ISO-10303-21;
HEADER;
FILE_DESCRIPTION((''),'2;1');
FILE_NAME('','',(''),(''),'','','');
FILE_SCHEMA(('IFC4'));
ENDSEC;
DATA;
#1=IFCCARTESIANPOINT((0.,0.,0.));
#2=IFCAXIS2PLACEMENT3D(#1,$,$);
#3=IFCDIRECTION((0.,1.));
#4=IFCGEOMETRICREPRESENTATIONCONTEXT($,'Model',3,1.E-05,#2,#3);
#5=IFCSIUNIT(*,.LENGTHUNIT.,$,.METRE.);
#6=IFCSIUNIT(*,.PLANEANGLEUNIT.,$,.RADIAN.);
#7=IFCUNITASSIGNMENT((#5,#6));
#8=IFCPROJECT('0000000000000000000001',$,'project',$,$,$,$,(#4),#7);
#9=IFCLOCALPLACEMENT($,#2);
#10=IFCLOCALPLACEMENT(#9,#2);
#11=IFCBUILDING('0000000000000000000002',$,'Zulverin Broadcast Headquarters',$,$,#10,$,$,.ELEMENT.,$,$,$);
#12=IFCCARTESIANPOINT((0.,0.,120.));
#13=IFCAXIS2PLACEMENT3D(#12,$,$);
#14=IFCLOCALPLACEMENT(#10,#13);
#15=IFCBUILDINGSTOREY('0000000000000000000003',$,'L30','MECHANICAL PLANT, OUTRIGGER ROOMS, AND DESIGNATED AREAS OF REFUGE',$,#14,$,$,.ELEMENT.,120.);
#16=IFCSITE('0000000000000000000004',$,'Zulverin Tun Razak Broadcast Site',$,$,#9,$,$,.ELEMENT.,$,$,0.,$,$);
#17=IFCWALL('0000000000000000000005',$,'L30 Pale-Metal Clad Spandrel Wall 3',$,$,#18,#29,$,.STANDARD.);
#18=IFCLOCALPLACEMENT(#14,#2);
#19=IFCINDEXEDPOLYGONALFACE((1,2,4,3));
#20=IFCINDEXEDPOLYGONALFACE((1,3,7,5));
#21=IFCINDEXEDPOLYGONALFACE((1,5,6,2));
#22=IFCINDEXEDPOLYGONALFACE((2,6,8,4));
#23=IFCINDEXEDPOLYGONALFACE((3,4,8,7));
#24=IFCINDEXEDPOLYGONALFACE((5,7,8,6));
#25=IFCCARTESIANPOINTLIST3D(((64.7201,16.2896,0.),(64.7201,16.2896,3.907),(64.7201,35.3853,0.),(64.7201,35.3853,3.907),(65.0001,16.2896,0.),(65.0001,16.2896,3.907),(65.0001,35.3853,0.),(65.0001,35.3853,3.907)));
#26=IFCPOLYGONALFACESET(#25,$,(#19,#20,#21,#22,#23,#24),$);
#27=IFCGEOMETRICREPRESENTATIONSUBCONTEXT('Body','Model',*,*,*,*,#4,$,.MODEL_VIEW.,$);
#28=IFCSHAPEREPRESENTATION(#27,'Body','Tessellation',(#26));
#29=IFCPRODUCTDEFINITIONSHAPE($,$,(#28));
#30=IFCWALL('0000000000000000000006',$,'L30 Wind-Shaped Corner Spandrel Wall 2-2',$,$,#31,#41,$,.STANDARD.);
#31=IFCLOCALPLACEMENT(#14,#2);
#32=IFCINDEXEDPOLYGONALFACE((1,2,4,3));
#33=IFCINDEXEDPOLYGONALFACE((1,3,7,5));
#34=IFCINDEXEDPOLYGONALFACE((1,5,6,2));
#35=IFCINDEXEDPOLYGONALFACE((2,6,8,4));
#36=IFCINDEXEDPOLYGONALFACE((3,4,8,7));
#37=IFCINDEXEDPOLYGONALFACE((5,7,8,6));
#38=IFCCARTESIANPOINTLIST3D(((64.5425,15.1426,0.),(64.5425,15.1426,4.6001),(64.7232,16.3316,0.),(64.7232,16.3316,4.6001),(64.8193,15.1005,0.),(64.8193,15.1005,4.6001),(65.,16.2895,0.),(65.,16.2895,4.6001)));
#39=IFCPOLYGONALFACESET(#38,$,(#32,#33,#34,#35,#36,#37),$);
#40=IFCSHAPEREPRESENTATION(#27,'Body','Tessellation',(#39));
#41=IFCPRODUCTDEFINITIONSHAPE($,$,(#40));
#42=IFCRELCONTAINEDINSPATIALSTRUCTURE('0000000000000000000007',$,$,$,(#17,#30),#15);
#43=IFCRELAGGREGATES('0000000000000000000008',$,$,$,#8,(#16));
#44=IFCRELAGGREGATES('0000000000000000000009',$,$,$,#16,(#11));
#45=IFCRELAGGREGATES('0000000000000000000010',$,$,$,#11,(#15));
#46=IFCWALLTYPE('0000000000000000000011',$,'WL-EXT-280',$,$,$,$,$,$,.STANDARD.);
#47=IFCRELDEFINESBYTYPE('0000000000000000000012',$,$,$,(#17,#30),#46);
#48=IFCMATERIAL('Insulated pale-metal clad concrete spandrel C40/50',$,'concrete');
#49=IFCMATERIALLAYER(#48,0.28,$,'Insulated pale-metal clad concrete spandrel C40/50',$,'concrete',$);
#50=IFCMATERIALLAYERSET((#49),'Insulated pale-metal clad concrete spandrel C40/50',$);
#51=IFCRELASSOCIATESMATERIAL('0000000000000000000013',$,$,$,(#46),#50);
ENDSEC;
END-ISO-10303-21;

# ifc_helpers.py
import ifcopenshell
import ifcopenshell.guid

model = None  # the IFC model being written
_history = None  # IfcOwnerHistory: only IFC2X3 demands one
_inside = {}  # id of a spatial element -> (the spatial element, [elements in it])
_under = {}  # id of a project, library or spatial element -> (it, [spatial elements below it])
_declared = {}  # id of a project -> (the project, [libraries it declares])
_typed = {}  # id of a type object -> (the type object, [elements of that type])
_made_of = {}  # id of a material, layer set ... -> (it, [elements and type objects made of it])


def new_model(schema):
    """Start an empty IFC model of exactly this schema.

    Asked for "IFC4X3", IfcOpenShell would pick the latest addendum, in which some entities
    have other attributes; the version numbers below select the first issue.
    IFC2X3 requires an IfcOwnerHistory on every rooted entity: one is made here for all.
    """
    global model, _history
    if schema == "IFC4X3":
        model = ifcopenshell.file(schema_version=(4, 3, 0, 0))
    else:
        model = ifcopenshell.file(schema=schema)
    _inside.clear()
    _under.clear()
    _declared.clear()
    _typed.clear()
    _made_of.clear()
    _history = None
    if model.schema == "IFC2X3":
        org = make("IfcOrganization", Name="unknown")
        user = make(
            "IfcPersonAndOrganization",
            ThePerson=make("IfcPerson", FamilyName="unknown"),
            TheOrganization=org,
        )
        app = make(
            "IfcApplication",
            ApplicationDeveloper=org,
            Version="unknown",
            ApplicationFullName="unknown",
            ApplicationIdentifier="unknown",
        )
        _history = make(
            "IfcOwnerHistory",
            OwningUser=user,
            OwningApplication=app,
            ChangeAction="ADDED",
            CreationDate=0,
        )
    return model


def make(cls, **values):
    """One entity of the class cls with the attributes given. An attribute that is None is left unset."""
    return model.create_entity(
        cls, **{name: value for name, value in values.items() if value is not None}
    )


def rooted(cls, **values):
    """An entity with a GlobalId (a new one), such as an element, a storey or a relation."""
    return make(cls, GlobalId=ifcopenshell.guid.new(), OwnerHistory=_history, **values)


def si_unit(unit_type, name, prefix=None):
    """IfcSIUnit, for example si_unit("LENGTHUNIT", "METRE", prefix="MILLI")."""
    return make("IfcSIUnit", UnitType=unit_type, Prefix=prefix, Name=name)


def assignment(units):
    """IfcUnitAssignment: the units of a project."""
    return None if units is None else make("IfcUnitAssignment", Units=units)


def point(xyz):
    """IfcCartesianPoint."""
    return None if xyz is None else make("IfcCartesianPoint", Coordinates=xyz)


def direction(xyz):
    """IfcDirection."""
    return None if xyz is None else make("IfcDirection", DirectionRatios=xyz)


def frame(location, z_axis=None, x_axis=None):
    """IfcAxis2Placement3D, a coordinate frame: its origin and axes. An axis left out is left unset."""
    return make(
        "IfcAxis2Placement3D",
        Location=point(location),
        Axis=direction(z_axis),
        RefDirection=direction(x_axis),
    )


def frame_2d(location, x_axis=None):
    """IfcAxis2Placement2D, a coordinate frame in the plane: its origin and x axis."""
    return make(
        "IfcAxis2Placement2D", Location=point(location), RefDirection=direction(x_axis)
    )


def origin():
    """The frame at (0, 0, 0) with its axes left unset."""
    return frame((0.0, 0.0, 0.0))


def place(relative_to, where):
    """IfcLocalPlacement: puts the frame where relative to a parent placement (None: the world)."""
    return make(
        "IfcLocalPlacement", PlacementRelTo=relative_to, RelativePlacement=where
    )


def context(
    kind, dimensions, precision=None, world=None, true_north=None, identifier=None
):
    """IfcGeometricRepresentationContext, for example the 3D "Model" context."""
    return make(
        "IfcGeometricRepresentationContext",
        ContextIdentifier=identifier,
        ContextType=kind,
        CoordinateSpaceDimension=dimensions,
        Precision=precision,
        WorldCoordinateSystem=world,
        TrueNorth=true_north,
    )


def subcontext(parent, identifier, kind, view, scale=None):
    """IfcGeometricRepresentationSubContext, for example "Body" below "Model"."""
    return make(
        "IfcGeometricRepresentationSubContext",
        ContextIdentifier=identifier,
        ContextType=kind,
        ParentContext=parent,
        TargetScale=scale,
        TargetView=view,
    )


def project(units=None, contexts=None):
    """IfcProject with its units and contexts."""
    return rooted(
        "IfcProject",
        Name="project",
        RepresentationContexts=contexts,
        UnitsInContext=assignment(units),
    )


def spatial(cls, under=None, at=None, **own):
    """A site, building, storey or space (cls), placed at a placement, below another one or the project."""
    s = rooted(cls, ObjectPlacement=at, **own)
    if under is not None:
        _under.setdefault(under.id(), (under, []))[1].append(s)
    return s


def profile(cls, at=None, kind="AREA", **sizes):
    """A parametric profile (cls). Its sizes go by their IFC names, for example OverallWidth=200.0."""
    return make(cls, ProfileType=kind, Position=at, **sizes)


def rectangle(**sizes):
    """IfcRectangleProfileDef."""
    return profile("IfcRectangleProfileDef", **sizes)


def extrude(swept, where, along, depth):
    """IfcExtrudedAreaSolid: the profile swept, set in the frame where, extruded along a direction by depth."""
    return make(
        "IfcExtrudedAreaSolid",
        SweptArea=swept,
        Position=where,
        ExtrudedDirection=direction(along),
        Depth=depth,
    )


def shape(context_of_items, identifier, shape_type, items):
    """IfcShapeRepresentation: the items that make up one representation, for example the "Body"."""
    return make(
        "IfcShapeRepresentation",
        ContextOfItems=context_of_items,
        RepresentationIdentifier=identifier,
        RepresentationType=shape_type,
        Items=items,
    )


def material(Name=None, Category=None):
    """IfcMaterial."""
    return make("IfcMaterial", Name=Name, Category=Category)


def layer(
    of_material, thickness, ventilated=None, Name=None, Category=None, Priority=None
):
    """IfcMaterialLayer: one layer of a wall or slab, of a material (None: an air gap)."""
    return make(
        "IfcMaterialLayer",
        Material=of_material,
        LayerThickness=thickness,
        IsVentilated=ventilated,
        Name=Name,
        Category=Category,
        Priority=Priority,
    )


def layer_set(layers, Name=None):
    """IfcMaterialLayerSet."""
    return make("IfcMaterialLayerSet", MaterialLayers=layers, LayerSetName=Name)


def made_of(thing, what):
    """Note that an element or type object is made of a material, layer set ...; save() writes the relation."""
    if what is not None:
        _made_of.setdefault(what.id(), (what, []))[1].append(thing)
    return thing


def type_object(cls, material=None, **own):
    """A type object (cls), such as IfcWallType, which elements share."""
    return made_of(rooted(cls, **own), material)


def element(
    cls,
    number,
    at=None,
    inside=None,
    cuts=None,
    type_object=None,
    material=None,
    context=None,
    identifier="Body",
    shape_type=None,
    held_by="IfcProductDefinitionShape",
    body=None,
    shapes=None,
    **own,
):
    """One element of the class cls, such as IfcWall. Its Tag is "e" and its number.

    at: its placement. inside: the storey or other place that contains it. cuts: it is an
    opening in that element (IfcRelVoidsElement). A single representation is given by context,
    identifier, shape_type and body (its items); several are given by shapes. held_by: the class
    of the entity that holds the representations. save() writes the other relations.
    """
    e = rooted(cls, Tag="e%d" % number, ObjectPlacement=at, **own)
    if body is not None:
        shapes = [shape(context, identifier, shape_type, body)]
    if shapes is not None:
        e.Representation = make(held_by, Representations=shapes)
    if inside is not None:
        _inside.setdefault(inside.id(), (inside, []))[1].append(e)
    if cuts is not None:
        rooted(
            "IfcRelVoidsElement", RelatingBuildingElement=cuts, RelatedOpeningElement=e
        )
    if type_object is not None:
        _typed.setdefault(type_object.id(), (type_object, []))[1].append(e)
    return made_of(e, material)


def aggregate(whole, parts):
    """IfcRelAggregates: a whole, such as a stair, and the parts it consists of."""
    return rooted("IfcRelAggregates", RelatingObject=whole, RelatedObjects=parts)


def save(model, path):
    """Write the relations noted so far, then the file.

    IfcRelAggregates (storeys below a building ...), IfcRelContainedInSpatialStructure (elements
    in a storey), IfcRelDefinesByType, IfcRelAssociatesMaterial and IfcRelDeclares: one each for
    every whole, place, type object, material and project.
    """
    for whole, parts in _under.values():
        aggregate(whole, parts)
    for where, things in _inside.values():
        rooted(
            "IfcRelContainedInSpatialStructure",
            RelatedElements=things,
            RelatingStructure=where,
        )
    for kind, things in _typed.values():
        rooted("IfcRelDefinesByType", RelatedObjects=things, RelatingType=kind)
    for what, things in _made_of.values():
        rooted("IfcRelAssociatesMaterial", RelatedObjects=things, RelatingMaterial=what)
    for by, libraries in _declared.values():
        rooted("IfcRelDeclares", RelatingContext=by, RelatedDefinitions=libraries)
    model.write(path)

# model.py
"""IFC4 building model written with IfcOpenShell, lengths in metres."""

from ifc_helpers import new_model, si_unit, direction, frame, frame_2d, origin, place, context, subcontext, project, spatial, rectangle, extrude, material, layer, layer_set, type_object, element, save


model = new_model("IFC4")

# Units and contexts
model_context = context("Model", 3, precision=1e-05, world=origin(), true_north=direction((0.0, 1.0)))
body_context = subcontext(model_context, "Body", "Model", "MODEL_VIEW")
ifc_project = project(units=[si_unit("LENGTHUNIT", "METRE"), si_unit("PLANEANGLEUNIT", "RADIAN")], contexts=[model_context])

# Site, building, storey
site_placement = place(None, origin())
site = spatial("IfcSite", under=ifc_project, at=site_placement, Name="Zulverin Tun Razak Broadcast Site", CompositionType="ELEMENT", RefElevation=0.0)
building_placement = place(site_placement, origin())
building = spatial("IfcBuilding", under=site, at=building_placement, Name="Zulverin Broadcast Headquarters", CompositionType="ELEMENT")
storey_placement = place(building_placement, frame((0.0, 0.0, 120.0)))
storey = spatial("IfcBuildingStorey", under=building, at=storey_placement, Name="L30", Description="MECHANICAL PLANT, OUTRIGGER ROOMS, AND DESIGNATED AREAS OF REFUGE", CompositionType="ELEMENT", Elevation=120.0)

# Walls
ifc_material_1 = material(Name="Insulated pale-metal clad concrete spandrel C40/50", Category="concrete")
ifc_layer_1 = layer(ifc_material_1, 0.28, Name="Insulated pale-metal clad concrete spandrel C40/50", Category="concrete")
ifc_layer_set_1 = layer_set([ifc_layer_1], Name="Insulated pale-metal clad concrete spandrel C40/50")
wall_type_1 = type_object("IfcWallType", Name="WL-EXT-280", PredefinedType="STANDARD", material=ifc_layer_set_1)
wall_1_placement = place(storey_placement, frame((64.8601, 16.2896, 0.0), z_axis=(0.0, 0.0, 1.0), x_axis=(0.0, 1.0, 0.0)))
element("IfcWall", 1, at=wall_1_placement, inside=storey, type_object=wall_type_1, Name="L30 Pale-Metal Clad Spandrel Wall 3", PredefinedType="STANDARD", context=body_context, shape_type="SweptSolid", body=[
    extrude(rectangle(XDim=19.0957, YDim=0.28, at=frame_2d((9.5479, 0.0))), origin(), (0.0, 0.0, 1.0), 3.907),
])
wall_2_placement = place(storey_placement, frame((64.6809, 15.1216, 0.0), z_axis=(0.0, 0.0, 1.0), x_axis=(0.150226, 0.988652, 0.0)))
element("IfcWall", 2, at=wall_2_placement, inside=storey, type_object=wall_type_1, Name="L30 Wind-Shaped Corner Spandrel Wall 2-2", PredefinedType="STANDARD", context=body_context, shape_type="SweptSolid", body=[
    extrude(rectangle(XDim=1.2026, YDim=0.28, at=frame_2d((0.6013, 0.0))), origin(), (0.0, 0.0, 1.0), 4.6001),
])

save(model, "model.ifc")
